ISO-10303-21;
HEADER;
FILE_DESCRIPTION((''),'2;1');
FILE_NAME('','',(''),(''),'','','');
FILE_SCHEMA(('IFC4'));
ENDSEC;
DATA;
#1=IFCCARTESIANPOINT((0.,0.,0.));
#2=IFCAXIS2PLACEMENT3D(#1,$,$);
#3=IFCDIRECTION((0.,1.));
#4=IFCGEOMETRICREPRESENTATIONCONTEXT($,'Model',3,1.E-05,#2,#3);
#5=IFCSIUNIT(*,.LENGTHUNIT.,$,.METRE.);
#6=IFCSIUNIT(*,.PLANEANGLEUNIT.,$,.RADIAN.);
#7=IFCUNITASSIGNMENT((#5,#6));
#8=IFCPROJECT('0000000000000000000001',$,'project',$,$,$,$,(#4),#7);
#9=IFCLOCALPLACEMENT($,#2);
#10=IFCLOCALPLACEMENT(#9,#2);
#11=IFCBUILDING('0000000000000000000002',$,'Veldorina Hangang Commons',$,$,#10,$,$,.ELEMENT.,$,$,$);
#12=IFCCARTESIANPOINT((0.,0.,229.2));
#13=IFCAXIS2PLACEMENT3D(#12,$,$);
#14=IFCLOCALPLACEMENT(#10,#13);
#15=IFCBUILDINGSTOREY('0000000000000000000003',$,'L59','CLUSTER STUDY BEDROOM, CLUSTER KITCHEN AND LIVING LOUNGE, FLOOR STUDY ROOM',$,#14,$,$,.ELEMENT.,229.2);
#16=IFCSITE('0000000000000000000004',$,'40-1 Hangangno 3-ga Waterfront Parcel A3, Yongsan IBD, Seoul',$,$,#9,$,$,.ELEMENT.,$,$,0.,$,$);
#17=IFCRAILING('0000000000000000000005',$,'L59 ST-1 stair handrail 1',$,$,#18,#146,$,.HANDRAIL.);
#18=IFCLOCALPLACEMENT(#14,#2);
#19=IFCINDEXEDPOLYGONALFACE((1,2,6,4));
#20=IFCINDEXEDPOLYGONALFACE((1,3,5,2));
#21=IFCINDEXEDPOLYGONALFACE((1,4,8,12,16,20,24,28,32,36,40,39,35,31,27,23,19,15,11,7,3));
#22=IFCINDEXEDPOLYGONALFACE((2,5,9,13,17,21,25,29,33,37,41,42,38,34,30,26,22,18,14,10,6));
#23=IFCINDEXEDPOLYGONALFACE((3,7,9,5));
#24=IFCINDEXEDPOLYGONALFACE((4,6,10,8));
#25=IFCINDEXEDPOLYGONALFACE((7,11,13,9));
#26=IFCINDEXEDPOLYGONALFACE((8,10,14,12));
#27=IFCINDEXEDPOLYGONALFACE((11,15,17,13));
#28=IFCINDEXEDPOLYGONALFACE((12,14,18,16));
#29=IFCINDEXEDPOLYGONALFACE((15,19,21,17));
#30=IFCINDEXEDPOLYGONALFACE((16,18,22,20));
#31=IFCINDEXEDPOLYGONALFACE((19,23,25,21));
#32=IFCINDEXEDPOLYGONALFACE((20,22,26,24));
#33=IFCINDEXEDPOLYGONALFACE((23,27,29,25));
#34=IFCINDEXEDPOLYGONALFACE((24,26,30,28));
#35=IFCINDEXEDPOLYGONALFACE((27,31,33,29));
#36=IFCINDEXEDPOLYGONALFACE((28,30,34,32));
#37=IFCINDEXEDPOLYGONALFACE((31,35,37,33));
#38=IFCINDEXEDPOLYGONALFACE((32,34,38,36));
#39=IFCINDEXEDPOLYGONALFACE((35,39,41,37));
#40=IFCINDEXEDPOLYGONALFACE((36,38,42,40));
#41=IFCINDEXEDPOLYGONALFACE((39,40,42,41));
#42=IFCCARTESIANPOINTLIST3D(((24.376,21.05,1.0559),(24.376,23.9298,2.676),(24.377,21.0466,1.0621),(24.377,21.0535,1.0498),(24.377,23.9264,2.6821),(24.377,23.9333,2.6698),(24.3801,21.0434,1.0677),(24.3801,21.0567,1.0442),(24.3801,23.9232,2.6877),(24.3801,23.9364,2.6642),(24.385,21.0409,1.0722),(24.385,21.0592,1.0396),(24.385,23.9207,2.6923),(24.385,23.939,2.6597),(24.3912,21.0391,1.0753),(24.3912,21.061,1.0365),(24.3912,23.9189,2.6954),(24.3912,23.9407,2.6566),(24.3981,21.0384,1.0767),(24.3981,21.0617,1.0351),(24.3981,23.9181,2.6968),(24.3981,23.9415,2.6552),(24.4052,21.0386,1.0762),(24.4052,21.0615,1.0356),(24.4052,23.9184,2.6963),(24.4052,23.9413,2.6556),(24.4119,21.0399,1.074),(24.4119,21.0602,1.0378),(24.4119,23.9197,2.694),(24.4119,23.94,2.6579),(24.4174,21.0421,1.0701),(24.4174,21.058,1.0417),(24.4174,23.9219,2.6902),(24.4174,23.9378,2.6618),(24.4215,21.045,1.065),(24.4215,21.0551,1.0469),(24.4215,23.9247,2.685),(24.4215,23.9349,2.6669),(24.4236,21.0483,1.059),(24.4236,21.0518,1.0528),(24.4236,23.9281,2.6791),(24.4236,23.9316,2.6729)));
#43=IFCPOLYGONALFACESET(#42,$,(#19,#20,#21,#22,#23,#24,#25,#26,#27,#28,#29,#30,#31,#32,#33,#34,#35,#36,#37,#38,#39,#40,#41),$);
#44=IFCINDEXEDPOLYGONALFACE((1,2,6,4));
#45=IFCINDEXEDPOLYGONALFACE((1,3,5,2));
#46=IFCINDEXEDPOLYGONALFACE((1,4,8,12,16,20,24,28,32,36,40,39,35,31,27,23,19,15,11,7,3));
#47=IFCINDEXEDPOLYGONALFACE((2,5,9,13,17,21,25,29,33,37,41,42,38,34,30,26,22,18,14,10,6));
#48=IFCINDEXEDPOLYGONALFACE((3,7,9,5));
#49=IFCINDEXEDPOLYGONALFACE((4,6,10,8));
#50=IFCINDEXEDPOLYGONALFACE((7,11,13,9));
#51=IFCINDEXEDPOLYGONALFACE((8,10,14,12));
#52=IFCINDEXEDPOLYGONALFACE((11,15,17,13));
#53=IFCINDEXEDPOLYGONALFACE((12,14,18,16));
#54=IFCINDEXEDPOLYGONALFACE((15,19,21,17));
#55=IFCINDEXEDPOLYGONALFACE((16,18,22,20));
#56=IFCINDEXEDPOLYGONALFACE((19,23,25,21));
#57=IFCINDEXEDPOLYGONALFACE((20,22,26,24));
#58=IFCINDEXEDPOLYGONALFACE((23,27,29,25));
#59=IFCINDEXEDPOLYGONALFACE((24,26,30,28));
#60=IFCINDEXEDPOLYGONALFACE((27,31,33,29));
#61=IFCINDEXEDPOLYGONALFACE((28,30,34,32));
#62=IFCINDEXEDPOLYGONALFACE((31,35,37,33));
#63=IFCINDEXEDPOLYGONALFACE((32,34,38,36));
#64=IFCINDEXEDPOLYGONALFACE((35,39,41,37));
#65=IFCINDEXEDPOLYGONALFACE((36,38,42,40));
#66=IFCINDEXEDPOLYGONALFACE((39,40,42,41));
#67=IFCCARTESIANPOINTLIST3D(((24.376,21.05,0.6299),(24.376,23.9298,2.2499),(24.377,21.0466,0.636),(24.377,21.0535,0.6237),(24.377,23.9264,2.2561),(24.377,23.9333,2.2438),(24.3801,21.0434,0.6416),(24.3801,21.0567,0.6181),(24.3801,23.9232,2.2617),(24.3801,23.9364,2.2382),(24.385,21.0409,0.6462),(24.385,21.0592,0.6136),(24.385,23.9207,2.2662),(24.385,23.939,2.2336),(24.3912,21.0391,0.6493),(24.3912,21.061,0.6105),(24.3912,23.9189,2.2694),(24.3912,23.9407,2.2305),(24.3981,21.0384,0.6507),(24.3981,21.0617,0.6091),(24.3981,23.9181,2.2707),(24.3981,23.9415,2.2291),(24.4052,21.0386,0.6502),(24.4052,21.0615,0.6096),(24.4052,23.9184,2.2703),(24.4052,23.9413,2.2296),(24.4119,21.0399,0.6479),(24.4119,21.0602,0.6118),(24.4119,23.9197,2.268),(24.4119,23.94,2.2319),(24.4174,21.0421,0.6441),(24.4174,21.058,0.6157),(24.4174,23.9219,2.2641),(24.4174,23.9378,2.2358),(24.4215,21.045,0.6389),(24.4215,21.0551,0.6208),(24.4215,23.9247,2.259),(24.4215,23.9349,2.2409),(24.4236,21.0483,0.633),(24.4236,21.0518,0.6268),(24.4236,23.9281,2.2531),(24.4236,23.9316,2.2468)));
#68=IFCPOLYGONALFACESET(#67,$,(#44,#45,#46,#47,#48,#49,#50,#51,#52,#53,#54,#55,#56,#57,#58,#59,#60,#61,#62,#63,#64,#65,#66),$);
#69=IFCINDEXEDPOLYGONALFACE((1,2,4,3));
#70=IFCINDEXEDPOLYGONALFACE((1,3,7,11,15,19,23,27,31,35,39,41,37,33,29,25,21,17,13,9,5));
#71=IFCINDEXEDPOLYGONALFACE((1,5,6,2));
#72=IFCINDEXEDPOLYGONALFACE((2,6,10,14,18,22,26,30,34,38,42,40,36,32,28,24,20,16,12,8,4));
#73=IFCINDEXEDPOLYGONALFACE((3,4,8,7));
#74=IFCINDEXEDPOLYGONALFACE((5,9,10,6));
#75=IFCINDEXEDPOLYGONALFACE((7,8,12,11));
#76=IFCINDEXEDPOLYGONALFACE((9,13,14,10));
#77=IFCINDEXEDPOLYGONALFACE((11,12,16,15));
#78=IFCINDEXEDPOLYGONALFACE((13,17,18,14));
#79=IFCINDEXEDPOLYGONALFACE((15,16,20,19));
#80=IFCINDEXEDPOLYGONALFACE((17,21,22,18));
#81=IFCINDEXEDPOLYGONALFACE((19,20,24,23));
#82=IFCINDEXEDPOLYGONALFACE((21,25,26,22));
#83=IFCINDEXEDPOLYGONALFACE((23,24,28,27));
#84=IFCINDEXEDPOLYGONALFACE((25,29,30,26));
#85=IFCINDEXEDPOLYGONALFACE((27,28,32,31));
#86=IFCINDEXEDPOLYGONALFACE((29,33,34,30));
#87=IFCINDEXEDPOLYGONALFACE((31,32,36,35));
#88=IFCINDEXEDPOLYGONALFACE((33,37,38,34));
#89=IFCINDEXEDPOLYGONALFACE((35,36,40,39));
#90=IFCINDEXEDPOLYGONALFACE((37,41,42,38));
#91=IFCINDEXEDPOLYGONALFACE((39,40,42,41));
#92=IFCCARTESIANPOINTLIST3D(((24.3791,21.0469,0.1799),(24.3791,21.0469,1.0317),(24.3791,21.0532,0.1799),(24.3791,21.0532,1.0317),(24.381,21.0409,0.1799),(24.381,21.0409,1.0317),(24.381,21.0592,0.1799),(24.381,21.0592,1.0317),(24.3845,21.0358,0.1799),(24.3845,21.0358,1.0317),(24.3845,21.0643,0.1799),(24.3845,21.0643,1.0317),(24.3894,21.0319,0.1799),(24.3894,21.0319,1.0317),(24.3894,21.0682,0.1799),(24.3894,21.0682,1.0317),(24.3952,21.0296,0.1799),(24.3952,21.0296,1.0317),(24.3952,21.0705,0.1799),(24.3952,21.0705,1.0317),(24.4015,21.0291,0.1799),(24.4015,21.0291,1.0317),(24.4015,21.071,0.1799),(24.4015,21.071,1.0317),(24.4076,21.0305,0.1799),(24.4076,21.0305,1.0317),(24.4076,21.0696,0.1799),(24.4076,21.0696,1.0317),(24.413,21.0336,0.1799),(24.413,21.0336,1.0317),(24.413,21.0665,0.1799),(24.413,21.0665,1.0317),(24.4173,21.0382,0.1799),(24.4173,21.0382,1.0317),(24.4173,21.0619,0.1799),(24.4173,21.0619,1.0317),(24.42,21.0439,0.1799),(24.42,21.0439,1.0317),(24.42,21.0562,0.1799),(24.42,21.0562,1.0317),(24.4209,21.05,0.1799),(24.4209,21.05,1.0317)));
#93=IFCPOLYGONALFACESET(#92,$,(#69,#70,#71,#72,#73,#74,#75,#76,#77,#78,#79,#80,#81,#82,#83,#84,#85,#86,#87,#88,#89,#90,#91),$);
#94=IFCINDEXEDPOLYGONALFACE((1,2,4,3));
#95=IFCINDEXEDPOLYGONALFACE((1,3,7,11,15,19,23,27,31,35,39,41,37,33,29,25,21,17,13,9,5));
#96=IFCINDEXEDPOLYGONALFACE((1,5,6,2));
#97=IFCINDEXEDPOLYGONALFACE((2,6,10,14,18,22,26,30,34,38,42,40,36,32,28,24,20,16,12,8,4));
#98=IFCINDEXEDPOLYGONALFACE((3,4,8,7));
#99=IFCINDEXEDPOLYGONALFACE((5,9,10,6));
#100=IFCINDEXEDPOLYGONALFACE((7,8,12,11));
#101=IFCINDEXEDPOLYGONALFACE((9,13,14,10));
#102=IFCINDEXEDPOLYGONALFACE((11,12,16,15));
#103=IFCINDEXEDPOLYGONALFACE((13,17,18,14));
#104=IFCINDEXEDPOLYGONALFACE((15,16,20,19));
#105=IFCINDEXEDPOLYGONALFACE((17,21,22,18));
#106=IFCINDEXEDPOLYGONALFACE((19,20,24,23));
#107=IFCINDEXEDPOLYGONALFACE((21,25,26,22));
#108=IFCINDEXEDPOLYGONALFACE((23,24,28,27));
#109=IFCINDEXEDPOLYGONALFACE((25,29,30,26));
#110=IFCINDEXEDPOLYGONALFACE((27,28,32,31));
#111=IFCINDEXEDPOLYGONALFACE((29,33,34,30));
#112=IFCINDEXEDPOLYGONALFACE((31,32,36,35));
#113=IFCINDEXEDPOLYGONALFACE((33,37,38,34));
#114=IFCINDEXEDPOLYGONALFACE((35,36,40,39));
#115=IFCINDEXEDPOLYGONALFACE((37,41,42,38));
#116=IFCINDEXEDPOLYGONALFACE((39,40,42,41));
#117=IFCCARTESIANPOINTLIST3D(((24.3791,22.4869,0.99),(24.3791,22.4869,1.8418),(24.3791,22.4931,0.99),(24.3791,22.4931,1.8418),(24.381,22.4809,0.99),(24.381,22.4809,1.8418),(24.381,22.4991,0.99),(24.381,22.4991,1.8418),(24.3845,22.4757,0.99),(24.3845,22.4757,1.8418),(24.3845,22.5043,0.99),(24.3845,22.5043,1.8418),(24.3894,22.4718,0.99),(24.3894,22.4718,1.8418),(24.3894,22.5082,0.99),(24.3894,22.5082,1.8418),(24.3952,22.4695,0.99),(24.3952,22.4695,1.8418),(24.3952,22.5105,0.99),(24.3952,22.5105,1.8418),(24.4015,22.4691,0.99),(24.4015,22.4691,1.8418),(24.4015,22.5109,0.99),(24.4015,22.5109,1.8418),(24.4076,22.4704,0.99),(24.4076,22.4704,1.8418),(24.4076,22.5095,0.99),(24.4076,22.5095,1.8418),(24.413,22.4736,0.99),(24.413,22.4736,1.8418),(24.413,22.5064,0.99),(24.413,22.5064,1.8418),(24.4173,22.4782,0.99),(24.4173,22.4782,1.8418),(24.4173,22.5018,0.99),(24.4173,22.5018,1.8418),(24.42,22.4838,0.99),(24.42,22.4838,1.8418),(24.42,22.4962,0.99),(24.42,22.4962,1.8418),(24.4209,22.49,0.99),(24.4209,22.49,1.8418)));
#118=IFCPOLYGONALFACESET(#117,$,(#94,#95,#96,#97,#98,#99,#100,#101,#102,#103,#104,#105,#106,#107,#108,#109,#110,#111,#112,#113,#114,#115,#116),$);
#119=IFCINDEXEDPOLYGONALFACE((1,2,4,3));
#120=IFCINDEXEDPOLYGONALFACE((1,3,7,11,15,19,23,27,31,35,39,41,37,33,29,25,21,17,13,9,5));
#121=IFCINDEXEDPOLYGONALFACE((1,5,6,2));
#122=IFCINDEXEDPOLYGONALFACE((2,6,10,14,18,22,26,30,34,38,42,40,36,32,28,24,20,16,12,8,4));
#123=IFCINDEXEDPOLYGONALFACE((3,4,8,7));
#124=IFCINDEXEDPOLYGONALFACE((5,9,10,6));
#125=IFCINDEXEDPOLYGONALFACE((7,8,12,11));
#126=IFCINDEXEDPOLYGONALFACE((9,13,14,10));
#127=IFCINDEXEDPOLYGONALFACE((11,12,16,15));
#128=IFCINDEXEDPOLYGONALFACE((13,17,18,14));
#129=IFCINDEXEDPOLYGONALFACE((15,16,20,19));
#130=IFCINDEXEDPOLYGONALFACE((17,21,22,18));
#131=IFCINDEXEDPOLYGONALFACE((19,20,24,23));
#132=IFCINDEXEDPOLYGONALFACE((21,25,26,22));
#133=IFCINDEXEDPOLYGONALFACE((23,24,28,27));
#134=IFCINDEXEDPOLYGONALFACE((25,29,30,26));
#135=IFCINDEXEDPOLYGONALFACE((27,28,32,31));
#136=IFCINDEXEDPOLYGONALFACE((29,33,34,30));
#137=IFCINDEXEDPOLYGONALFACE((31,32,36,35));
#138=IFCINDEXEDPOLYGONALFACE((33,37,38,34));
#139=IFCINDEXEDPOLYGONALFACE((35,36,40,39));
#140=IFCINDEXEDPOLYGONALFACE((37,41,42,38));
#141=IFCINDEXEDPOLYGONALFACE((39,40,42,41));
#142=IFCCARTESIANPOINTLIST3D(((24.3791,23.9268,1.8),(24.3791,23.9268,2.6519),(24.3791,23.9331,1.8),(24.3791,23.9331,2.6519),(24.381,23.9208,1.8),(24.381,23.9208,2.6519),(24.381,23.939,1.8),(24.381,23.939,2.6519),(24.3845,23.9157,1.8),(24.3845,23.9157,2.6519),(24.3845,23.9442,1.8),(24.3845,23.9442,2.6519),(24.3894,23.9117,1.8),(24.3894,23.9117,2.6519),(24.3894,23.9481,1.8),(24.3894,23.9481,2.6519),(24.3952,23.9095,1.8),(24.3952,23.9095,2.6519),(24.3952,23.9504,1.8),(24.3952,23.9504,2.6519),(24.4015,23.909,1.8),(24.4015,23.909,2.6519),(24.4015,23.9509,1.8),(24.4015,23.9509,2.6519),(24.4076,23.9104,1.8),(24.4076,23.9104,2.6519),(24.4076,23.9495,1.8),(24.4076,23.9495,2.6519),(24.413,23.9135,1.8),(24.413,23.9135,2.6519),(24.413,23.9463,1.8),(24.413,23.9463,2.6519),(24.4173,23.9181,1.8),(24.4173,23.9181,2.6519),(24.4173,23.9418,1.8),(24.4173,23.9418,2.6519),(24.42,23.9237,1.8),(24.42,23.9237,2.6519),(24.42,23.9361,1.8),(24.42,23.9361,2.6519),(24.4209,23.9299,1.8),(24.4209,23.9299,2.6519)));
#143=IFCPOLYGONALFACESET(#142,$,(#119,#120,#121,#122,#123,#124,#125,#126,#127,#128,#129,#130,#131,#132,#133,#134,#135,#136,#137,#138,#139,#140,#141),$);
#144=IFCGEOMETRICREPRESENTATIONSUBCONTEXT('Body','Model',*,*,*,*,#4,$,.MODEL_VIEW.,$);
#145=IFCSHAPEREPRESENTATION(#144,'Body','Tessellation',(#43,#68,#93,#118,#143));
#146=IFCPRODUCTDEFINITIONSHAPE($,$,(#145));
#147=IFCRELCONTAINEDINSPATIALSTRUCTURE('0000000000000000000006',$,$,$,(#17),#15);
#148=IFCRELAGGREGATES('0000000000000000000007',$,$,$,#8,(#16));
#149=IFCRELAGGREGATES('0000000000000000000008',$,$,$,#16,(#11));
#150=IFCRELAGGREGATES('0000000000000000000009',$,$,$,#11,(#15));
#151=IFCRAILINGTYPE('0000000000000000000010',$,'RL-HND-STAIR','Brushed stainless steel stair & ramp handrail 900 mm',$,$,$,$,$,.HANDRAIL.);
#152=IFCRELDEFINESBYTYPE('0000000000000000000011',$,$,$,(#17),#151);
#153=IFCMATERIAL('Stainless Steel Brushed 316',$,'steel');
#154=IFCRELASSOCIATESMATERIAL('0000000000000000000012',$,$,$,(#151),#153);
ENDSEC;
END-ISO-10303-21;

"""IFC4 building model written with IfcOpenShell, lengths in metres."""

from ifc_helpers import new_model, si_unit, direction, frame, origin, origin_2d, place, context, subcontext, project, spatial, circle, extrude, material, type_object, element, save


model = new_model("IFC4")

# Units and contexts
model_context = context("Model", 3, precision=1e-05, world=origin(), true_north=direction((0.0, 1.0)))
body_context = subcontext(model_context, "Body", "Model", "MODEL_VIEW")
ifc_project = project(units=[si_unit("LENGTHUNIT", "METRE"), si_unit("PLANEANGLEUNIT", "RADIAN")], contexts=[model_context])

# Site, building, storey
site_placement = place(None, origin())
site = spatial("IfcSite", under=ifc_project, at=site_placement, Name="40-1 Hangangno 3-ga Waterfront Parcel A3, Yongsan IBD, Seoul", CompositionType="ELEMENT", RefElevation=0.0)
building_placement = place(site_placement, origin())
building = spatial("IfcBuilding", under=site, at=building_placement, Name="Veldorina Hangang Commons", CompositionType="ELEMENT")
storey_placement = place(building_placement, frame((0.0, 0.0, 229.2)))
storey = spatial("IfcBuildingStorey", under=building, at=storey_placement, Name="L59", Description="CLUSTER STUDY BEDROOM, CLUSTER KITCHEN AND LIVING LOUNGE, FLOOR STUDY ROOM", CompositionType="ELEMENT", Elevation=229.2)

# Railing
ifc_material_1 = material(Name="Stainless Steel Brushed 316", Category="steel")
railing_type_1 = type_object("IfcRailingType", Name="RL-HND-STAIR", Description="Brushed stainless steel stair & ramp handrail 900 mm", PredefinedType="HANDRAIL", material=ifc_material_1)
railing_1_placement = place(storey_placement, frame((24.3999, 21.05, 0.1799)))
element("IfcRailing", 1, at=railing_1_placement, inside=storey, type_object=railing_type_1, Name="L59 ST-1 stair handrail 1", PredefinedType="HANDRAIL", context=body_context, shape_type="SweptSolid", body=[
    extrude(circle(Radius=0.0239, at=origin_2d()), frame((0.0, 0.0, 0.876), z_axis=(0.0, 0.871552, 0.490303), x_axis=(-1.0, 0.0, 0.0)), (0.0, 0.0, 1.0), 3.3042),
    extrude(circle(Radius=0.0239, at=origin_2d()), frame((0.0, 0.0, 0.45), z_axis=(0.0, 0.871552, 0.490303), x_axis=(-1.0, 0.0, 0.0)), (0.0, 0.0, 1.0), 3.3042),
    extrude(circle(Radius=0.021, at=origin_2d()), origin(), (0.0, 0.0, 1.0), 0.8518),
    extrude(circle(Radius=0.021, at=origin_2d()), frame((0.0, 1.4399, 0.8101)), (0.0, 0.0, 1.0), 0.8518),
    extrude(circle(Radius=0.021, at=origin_2d()), frame((0.0, 2.8799, 1.6201)), (0.0, 0.0, 1.0), 0.8518),
])

save(model, "model.ifc")
